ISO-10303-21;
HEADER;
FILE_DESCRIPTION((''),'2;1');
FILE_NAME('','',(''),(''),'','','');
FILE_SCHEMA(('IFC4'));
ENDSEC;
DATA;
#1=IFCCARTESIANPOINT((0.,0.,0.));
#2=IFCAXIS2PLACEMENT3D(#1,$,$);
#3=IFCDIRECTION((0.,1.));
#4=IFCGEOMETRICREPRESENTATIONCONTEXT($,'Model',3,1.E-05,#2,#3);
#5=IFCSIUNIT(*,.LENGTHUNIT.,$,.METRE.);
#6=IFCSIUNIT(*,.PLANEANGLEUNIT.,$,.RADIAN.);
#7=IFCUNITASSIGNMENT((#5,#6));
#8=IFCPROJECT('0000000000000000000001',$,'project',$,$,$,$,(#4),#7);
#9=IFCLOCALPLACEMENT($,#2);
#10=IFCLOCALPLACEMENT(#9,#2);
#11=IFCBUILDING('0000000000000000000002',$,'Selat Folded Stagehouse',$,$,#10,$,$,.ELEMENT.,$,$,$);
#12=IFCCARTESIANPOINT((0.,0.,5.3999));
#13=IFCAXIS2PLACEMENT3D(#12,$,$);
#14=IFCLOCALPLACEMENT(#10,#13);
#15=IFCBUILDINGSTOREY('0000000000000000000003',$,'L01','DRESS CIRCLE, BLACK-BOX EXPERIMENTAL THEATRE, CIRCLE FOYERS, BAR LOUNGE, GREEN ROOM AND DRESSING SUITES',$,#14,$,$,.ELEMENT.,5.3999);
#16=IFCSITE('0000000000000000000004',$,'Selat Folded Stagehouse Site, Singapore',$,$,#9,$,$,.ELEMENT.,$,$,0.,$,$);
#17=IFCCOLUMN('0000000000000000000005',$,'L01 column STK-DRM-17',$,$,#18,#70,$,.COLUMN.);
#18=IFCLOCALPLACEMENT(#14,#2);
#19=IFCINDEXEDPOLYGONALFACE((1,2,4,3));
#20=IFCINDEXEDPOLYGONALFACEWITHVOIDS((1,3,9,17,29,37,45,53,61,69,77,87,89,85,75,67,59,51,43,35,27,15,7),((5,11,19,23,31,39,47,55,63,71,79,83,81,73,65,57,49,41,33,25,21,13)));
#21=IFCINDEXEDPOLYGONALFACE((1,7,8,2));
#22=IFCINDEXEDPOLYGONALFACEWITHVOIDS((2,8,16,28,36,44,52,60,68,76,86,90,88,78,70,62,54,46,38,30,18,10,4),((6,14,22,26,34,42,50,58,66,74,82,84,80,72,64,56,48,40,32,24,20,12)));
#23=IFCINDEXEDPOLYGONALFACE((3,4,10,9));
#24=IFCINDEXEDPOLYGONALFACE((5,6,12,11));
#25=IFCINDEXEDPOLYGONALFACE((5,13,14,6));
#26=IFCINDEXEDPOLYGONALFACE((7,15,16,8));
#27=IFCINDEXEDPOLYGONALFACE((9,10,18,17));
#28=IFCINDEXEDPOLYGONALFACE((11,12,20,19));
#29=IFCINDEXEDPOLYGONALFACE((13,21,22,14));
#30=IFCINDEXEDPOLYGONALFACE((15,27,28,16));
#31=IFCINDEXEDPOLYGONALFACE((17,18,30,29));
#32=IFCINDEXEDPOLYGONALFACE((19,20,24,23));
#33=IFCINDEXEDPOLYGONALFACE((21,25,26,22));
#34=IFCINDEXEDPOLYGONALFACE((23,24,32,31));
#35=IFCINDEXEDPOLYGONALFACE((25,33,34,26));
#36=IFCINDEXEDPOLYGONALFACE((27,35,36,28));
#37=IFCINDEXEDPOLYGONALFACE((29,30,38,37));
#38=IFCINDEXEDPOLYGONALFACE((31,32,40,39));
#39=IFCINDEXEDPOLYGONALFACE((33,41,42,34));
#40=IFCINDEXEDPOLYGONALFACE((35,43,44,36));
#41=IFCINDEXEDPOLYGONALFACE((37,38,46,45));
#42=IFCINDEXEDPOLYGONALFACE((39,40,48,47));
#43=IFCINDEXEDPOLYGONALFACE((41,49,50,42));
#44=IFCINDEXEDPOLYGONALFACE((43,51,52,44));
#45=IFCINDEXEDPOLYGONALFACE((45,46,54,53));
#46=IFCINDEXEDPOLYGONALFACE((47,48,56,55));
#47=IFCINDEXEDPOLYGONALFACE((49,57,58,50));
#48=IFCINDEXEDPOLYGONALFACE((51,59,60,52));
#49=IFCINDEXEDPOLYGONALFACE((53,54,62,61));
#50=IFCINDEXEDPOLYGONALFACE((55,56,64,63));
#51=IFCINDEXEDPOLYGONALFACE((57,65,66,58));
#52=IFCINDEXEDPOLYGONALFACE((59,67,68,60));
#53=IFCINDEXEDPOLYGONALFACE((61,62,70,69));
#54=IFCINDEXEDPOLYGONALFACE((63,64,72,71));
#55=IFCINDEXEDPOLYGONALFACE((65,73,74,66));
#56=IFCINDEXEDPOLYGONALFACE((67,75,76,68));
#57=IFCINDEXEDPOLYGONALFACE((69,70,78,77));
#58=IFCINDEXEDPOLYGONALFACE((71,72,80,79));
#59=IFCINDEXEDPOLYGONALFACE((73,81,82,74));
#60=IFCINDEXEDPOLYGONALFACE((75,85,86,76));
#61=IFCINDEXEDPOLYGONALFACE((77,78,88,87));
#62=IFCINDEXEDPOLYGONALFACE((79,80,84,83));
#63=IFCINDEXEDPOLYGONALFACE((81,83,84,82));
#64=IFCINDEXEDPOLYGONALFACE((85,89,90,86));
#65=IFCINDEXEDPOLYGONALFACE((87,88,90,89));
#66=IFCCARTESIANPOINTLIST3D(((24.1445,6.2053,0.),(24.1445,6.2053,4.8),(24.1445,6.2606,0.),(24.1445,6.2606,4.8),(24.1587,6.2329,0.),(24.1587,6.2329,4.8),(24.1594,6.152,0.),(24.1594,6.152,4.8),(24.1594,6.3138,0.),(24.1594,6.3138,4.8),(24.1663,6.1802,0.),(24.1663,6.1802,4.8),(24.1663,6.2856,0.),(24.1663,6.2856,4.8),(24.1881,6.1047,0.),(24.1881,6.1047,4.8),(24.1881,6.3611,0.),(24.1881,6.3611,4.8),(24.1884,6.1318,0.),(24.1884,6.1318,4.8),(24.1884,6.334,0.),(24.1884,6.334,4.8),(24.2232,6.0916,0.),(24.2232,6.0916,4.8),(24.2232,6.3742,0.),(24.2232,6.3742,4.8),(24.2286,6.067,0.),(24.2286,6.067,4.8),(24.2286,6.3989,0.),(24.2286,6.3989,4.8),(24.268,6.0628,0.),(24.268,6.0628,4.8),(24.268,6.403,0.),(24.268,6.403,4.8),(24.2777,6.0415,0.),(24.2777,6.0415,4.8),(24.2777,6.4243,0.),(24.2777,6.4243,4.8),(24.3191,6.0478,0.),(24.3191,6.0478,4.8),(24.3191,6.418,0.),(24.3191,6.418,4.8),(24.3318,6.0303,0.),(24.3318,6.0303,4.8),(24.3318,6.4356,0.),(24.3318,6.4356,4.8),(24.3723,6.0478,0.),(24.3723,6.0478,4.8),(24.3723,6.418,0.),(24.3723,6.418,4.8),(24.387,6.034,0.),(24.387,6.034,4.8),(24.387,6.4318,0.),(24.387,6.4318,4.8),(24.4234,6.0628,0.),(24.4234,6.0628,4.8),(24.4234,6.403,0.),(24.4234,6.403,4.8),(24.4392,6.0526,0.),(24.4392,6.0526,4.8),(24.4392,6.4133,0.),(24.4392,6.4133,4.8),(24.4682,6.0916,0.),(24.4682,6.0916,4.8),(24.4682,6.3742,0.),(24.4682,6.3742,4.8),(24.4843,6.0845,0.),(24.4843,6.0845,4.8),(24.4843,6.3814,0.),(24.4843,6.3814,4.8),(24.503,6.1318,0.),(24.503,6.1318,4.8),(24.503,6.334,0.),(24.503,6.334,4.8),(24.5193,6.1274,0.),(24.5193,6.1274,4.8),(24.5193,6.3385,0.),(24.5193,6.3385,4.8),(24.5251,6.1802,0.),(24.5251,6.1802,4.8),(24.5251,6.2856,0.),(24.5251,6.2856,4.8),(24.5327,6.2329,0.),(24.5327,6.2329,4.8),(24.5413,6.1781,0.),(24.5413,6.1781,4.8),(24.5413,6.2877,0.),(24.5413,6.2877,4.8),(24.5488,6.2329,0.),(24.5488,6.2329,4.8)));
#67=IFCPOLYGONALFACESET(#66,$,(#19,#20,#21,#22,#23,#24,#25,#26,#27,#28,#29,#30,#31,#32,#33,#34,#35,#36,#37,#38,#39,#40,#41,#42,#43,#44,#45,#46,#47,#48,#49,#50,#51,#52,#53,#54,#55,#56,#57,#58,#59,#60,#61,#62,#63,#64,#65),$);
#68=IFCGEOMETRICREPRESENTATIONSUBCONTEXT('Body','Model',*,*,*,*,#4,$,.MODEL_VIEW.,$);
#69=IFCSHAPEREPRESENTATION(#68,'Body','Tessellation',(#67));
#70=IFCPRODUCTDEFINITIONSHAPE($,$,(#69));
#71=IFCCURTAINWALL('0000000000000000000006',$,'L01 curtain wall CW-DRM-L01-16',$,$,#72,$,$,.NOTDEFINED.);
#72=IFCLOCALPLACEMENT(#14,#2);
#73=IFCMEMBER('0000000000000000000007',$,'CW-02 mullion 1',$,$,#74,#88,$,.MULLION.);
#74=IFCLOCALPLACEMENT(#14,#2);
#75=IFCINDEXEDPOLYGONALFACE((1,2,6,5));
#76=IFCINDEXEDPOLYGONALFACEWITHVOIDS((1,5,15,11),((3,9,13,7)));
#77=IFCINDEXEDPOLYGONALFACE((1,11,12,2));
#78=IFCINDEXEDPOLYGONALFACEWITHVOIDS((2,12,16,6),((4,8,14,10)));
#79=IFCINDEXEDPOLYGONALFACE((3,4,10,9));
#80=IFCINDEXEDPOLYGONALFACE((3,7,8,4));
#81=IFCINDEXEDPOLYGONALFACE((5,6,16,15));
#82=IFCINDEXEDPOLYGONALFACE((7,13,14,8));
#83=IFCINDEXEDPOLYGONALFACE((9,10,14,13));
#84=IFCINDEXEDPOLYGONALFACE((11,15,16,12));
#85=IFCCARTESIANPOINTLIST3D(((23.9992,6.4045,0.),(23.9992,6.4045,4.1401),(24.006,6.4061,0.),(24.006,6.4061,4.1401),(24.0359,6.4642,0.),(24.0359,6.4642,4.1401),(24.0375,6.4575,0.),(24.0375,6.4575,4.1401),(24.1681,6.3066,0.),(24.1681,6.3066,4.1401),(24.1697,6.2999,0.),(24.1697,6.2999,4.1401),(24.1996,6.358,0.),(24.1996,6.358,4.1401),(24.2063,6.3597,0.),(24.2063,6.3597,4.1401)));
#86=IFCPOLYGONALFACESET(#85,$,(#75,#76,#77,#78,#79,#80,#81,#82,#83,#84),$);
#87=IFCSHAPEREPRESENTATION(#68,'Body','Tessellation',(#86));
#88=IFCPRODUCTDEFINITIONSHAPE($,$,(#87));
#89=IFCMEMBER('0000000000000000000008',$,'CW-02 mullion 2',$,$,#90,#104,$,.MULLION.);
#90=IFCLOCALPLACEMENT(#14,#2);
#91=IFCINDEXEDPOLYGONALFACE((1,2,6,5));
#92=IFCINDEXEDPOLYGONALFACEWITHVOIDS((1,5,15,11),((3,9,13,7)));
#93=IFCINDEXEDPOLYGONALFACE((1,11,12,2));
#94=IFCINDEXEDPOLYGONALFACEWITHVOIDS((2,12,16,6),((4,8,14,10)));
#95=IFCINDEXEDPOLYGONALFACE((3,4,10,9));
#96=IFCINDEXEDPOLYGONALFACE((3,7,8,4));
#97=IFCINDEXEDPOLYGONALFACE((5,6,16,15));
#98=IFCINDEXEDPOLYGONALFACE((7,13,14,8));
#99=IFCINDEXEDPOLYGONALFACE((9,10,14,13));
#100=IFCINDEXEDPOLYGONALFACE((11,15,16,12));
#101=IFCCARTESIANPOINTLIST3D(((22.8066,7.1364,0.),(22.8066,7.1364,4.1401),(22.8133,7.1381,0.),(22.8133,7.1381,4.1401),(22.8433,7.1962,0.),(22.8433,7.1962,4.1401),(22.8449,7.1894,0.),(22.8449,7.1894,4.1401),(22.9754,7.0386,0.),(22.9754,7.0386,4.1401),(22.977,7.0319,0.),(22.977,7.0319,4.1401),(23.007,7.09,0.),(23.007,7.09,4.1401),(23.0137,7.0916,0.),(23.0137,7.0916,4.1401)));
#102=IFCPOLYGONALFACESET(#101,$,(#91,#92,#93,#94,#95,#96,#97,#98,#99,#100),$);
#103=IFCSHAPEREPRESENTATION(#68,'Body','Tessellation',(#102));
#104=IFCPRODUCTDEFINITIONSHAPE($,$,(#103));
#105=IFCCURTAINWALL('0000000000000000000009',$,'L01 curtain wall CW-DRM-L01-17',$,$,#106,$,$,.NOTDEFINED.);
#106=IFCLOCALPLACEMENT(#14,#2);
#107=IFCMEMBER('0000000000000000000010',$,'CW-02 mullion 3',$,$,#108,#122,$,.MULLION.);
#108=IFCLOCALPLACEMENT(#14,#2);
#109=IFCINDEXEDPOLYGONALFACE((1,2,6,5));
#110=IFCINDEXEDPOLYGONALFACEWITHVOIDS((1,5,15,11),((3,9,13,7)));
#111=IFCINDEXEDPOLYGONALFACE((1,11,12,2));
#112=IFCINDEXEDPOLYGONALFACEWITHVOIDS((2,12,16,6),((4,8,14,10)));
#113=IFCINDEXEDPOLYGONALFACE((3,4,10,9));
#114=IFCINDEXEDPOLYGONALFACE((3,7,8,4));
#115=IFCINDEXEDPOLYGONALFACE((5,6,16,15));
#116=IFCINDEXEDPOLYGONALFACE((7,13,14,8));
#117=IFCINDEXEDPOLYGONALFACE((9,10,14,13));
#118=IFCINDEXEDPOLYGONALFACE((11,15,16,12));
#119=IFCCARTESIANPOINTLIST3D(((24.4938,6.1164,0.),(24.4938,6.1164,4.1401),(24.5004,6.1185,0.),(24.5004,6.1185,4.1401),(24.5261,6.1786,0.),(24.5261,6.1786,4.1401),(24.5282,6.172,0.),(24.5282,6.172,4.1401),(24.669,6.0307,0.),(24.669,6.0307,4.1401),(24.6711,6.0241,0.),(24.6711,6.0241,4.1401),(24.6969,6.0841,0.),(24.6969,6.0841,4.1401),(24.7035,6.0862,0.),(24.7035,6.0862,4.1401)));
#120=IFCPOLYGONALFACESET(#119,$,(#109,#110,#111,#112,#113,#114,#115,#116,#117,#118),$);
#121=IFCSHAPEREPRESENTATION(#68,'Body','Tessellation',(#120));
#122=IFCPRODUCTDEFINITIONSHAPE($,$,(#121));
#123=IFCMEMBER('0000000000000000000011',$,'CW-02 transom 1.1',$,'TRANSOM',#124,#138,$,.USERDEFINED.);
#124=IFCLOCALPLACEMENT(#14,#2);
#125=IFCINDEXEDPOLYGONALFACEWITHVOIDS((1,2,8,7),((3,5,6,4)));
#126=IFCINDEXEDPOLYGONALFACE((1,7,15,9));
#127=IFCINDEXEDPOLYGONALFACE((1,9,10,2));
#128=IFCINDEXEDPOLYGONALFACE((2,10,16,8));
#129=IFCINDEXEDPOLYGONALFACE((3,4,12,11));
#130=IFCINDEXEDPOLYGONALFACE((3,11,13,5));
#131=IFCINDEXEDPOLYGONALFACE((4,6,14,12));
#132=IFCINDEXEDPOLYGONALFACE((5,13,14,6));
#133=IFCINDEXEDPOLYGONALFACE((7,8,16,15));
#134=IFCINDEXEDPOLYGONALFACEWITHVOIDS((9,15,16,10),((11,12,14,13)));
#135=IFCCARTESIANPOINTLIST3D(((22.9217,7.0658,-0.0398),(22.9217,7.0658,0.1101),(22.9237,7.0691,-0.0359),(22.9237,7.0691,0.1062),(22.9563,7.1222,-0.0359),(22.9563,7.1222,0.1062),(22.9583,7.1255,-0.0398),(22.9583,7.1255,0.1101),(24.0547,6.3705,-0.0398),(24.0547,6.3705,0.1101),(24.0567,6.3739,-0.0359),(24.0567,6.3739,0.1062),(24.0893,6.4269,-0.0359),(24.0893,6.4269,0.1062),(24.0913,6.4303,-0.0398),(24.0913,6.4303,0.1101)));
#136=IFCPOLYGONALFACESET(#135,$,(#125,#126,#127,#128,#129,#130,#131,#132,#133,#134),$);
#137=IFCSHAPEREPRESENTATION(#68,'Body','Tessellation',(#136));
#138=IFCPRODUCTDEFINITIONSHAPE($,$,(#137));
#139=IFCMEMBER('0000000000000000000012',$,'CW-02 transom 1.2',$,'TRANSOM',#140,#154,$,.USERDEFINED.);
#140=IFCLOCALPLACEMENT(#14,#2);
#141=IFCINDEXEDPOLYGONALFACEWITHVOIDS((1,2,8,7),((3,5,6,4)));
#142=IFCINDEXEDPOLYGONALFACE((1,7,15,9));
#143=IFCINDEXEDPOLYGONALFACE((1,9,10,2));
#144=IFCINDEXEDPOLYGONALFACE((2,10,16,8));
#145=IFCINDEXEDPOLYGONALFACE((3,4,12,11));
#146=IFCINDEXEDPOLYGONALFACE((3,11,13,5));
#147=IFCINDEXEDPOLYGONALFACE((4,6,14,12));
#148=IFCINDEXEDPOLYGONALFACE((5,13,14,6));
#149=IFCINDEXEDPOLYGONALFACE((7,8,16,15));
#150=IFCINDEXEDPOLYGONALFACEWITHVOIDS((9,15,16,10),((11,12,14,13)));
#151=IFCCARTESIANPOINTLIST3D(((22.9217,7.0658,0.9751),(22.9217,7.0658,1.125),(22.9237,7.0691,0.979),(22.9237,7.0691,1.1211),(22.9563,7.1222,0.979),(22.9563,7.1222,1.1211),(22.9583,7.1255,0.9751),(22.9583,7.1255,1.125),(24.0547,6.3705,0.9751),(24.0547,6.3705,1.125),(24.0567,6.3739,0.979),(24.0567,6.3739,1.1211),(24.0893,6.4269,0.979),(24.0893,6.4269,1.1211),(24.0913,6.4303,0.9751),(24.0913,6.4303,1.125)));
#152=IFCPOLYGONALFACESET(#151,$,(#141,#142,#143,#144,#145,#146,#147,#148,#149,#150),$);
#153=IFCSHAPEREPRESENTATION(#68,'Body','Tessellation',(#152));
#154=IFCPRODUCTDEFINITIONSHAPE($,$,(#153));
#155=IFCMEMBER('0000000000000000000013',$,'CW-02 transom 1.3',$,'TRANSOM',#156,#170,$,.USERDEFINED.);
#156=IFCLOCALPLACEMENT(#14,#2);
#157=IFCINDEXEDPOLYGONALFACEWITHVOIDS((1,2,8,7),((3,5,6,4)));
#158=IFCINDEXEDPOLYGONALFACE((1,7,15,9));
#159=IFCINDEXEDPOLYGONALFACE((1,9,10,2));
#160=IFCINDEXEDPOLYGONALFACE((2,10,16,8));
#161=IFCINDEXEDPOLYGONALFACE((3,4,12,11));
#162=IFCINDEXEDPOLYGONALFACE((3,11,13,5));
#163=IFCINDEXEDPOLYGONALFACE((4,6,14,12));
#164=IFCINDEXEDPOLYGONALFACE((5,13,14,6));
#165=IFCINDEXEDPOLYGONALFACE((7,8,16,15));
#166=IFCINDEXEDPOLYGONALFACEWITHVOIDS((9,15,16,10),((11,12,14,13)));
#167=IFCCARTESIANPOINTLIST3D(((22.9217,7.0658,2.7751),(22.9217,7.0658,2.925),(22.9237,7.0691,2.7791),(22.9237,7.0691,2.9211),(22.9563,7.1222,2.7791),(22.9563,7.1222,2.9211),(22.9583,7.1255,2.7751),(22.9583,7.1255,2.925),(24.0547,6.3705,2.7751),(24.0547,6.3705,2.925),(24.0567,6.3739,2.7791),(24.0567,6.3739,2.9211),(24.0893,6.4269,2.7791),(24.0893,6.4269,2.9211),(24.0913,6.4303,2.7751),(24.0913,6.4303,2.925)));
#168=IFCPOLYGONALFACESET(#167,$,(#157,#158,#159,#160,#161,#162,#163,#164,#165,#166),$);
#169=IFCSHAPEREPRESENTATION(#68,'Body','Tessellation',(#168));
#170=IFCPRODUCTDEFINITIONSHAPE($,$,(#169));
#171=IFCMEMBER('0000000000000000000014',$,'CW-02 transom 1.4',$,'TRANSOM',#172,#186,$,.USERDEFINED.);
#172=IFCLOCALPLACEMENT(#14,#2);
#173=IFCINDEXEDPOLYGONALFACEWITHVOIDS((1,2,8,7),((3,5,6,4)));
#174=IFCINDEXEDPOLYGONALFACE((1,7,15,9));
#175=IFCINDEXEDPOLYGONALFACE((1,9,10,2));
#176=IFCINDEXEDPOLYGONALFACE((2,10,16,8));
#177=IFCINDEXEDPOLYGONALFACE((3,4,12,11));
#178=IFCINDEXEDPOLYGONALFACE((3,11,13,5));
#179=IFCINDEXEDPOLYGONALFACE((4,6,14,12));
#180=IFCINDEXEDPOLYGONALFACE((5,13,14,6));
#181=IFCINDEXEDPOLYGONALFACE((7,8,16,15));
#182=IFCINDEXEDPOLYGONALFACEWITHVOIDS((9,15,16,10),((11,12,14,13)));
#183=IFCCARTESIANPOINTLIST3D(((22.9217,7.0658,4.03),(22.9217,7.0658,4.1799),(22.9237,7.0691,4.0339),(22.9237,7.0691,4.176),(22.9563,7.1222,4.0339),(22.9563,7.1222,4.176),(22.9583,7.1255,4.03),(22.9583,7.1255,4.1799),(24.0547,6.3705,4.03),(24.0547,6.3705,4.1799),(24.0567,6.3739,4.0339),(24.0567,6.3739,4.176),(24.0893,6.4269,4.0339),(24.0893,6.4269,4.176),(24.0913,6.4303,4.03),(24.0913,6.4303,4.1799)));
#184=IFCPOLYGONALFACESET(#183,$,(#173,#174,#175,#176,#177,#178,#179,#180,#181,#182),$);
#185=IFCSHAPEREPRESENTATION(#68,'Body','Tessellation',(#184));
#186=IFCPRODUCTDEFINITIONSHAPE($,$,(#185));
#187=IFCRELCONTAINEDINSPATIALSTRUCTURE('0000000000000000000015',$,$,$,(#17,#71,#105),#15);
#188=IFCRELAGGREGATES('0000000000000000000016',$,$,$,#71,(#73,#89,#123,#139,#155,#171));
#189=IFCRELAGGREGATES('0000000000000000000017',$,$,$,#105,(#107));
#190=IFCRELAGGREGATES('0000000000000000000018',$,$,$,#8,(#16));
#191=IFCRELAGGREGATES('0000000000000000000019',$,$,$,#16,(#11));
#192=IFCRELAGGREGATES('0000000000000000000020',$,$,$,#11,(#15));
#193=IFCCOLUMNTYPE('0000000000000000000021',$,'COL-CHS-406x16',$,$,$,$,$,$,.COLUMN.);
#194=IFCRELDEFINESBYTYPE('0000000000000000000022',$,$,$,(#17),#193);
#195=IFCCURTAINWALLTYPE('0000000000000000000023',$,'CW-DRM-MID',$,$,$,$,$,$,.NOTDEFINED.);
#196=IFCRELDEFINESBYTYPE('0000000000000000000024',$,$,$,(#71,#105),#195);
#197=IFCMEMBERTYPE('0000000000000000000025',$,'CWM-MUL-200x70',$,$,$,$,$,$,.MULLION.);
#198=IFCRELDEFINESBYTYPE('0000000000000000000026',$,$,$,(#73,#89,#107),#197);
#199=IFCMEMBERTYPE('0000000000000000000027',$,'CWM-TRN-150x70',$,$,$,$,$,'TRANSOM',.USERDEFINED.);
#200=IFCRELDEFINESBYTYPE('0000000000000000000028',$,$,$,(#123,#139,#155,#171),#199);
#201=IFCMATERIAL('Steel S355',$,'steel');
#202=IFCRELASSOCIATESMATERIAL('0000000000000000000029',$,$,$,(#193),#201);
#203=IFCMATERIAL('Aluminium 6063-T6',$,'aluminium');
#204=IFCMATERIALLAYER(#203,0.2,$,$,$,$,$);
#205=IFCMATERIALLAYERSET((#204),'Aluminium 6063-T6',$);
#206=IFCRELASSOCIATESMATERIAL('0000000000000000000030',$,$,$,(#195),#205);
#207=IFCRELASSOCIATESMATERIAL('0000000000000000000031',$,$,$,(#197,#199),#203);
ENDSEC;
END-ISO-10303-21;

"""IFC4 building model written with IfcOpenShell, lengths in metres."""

from ifc_helpers import new_model, si_unit, direction, frame, origin, origin_2d, place, context, subcontext, project, spatial, hollow_rectangle, hollow_circle, extrude, material, layer, layer_set, material_profile, profile_set, type_object, element, aggregate, save


model = new_model("IFC4")

# Units and contexts
model_context = context("Model", 3, precision=1e-05, world=origin(), true_north=direction((0.0, 1.0)))
body_context = subcontext(model_context, "Body", "Model", "MODEL_VIEW")
ifc_project = project(units=[si_unit("LENGTHUNIT", "METRE"), si_unit("PLANEANGLEUNIT", "RADIAN")], contexts=[model_context])

# Site, building, storey
site_placement = place(None, origin())
site = spatial("IfcSite", under=ifc_project, at=site_placement, Name="Selat Folded Stagehouse Site, Singapore", CompositionType="ELEMENT", RefElevation=0.0)
building_placement = place(site_placement, origin())
building = spatial("IfcBuilding", under=site, at=building_placement, Name="Selat Folded Stagehouse", CompositionType="ELEMENT")
storey_placement = place(building_placement, frame((0.0, 0.0, 5.3999)))
storey = spatial("IfcBuildingStorey", under=building, at=storey_placement, Name="L01", Description="DRESS CIRCLE, BLACK-BOX EXPERIMENTAL THEATRE, CIRCLE FOYERS, BAR LOUNGE, GREEN ROOM AND DRESSING SUITES", CompositionType="ELEMENT", Elevation=5.3999)

# Column
ifc_material_1 = material(Name="Steel S355", Category="steel")
ifc_material_profile_1 = material_profile(ifc_material_1, hollow_circle(Radius=0.2031, WallThickness=0.0161, at=origin_2d()), Name="CHS 406.4x16.0")
ifc_profile_set_1 = profile_set([ifc_material_profile_1], Name="Steel S355")
column_type = type_object("IfcColumnType", Name="COL-CHS-406x16", PredefinedType="COLUMN", material=ifc_profile_set_1)
column_placement = place(storey_placement, frame((24.3457, 6.2329, 0.0), z_axis=(0.0, 0.0, 1.0), x_axis=(1.0, 0.0, 0.0)))
element("IfcColumn", 1, at=column_placement, inside=storey, type_object=column_type, Name="L01 column STK-DRM-17", PredefinedType="COLUMN", context=body_context, shape_type="SweptSolid", body=[
    extrude(hollow_circle(Radius=0.2031, WallThickness=0.0161, at=origin_2d()), origin(), (0.0, 0.0, 1.0), 4.8),
])

# Curtain wall, members
ifc_material_2 = material(Name="Aluminium 6063-T6", Category="aluminium")
ifc_layer_1 = layer(ifc_material_2, 0.2)
ifc_layer_set_1 = layer_set([ifc_layer_1], Name="Aluminium 6063-T6")
curtain_wall_type = type_object("IfcCurtainWallType", Name="CW-DRM-MID", PredefinedType="NOTDEFINED", material=ifc_layer_set_1)
curtain_wall_1_placement = place(storey_placement, origin())
curtain_wall_1 = element("IfcCurtainWall", 2, at=curtain_wall_1_placement, inside=storey, type_object=curtain_wall_type, Name="L01 curtain wall CW-DRM-L01-16", PredefinedType="NOTDEFINED")
ifc_material_profile_2 = material_profile(ifc_material_2, hollow_rectangle(XDim=0.0701, YDim=0.2, WallThickness=0.0049, at=origin_2d()), Name="ALU 200x70x5.0")
ifc_profile_set_2 = profile_set([ifc_material_profile_2], Name="Aluminium 6063-T6")
member_type_1 = type_object("IfcMemberType", Name="CWM-MUL-200x70", PredefinedType="MULLION", material=ifc_profile_set_2)
member_1_placement = place(storey_placement, frame((24.1028, 6.3821, 0.0), z_axis=(0.0, 0.0, 1.0), x_axis=(-0.523025, -0.852317, 0.0)))
member_1 = element("IfcMember", 3, at=member_1_placement, type_object=member_type_1, Name="CW-02 mullion 1", PredefinedType="MULLION", context=body_context, shape_type="SweptSolid", body=[
    extrude(hollow_rectangle(XDim=0.0701, YDim=0.2, WallThickness=0.0049, at=origin_2d()), origin(), (0.0, 0.0, 1.0), 4.1401),
])
member_2_placement = place(storey_placement, frame((22.9102, 7.114, 0.0), z_axis=(0.0, 0.0, 1.0), x_axis=(-0.523025, -0.852317, 0.0)))
member_2 = element("IfcMember", 4, at=member_2_placement, type_object=member_type_1, Name="CW-02 mullion 2", PredefinedType="MULLION", context=body_context, shape_type="SweptSolid", body=[
    extrude(hollow_rectangle(XDim=0.0701, YDim=0.2, WallThickness=0.0049, at=origin_2d()), origin(), (0.0, 0.0, 1.0), 4.1401),
])

# Curtain wall, member
curtain_wall_2_placement = place(storey_placement, origin())
curtain_wall_2 = element("IfcCurtainWall", 5, at=curtain_wall_2_placement, inside=storey, type_object=curtain_wall_type, Name="L01 curtain wall CW-DRM-L01-17", PredefinedType="NOTDEFINED")
member_3_placement = place(storey_placement, frame((24.5986, 6.1013, 0.0), z_axis=(0.0, 0.0, 1.0), x_axis=(-0.461931, -0.886916, 0.0)))
member_3 = element("IfcMember", 6, at=member_3_placement, type_object=member_type_1, Name="CW-02 mullion 3", PredefinedType="MULLION", context=body_context, shape_type="SweptSolid", body=[
    extrude(hollow_rectangle(XDim=0.0701, YDim=0.2, WallThickness=0.0049, at=origin_2d()), origin(), (0.0, 0.0, 1.0), 4.1401),
])

# Members
ifc_material_profile_3 = material_profile(ifc_material_2, hollow_rectangle(XDim=0.0701, YDim=0.1499, WallThickness=0.0039, at=origin_2d()), Name="ALU 150x70x4.0")
ifc_profile_set_3 = profile_set([ifc_material_profile_3], Name="Aluminium 6063-T6")
member_type_2 = type_object("IfcMemberType", Name="CWM-TRN-150x70", ElementType="TRANSOM", PredefinedType="USERDEFINED", material=ifc_profile_set_3)
member_4_placement = place(storey_placement, frame((24.073, 6.4004, 0.0352), z_axis=(-0.852313, 0.523031, 0.0), x_axis=(-0.523031, -0.852313, 0.0)))
member_4 = element("IfcMember", 7, at=member_4_placement, type_object=member_type_2, Name="CW-02 transom 1.1", ObjectType="TRANSOM", PredefinedType="USERDEFINED", context=body_context, shape_type="SweptSolid", body=[
    extrude(hollow_rectangle(XDim=0.0701, YDim=0.1499, WallThickness=0.0039, at=origin_2d()), origin(), (0.0, 0.0, 1.0), 1.3293),
])
member_5_placement = place(storey_placement, frame((24.073, 6.4004, 1.05), z_axis=(-0.852313, 0.523031, 0.0), x_axis=(-0.523031, -0.852313, 0.0)))
member_5 = element("IfcMember", 8, at=member_5_placement, type_object=member_type_2, Name="CW-02 transom 1.2", ObjectType="TRANSOM", PredefinedType="USERDEFINED", context=body_context, shape_type="SweptSolid", body=[
    extrude(hollow_rectangle(XDim=0.0701, YDim=0.1499, WallThickness=0.0039, at=origin_2d()), origin(), (0.0, 0.0, 1.0), 1.3293),
])
member_6_placement = place(storey_placement, frame((24.073, 6.4004, 2.8501), z_axis=(-0.852313, 0.523031, 0.0), x_axis=(-0.523031, -0.852313, 0.0)))
member_6 = element("IfcMember", 9, at=member_6_placement, type_object=member_type_2, Name="CW-02 transom 1.3", ObjectType="TRANSOM", PredefinedType="USERDEFINED", context=body_context, shape_type="SweptSolid", body=[
    extrude(hollow_rectangle(XDim=0.0701, YDim=0.1499, WallThickness=0.0039, at=origin_2d()), origin(), (0.0, 0.0, 1.0), 1.3293),
])
member_7_placement = place(storey_placement, frame((24.073, 6.4004, 4.105), z_axis=(-0.852313, 0.523031, 0.0), x_axis=(-0.523031, -0.852313, 0.0)))
member_7 = element("IfcMember", 10, at=member_7_placement, type_object=member_type_2, Name="CW-02 transom 1.4", ObjectType="TRANSOM", PredefinedType="USERDEFINED", context=body_context, shape_type="SweptSolid", body=[
    extrude(hollow_rectangle(XDim=0.0701, YDim=0.1499, WallThickness=0.0039, at=origin_2d()), origin(), (0.0, 0.0, 1.0), 1.3293),
])

aggregate(curtain_wall_1, [member_1, member_2, member_4, member_5, member_6, member_7])
aggregate(curtain_wall_2, [member_3])

save(model, "model.ifc")
